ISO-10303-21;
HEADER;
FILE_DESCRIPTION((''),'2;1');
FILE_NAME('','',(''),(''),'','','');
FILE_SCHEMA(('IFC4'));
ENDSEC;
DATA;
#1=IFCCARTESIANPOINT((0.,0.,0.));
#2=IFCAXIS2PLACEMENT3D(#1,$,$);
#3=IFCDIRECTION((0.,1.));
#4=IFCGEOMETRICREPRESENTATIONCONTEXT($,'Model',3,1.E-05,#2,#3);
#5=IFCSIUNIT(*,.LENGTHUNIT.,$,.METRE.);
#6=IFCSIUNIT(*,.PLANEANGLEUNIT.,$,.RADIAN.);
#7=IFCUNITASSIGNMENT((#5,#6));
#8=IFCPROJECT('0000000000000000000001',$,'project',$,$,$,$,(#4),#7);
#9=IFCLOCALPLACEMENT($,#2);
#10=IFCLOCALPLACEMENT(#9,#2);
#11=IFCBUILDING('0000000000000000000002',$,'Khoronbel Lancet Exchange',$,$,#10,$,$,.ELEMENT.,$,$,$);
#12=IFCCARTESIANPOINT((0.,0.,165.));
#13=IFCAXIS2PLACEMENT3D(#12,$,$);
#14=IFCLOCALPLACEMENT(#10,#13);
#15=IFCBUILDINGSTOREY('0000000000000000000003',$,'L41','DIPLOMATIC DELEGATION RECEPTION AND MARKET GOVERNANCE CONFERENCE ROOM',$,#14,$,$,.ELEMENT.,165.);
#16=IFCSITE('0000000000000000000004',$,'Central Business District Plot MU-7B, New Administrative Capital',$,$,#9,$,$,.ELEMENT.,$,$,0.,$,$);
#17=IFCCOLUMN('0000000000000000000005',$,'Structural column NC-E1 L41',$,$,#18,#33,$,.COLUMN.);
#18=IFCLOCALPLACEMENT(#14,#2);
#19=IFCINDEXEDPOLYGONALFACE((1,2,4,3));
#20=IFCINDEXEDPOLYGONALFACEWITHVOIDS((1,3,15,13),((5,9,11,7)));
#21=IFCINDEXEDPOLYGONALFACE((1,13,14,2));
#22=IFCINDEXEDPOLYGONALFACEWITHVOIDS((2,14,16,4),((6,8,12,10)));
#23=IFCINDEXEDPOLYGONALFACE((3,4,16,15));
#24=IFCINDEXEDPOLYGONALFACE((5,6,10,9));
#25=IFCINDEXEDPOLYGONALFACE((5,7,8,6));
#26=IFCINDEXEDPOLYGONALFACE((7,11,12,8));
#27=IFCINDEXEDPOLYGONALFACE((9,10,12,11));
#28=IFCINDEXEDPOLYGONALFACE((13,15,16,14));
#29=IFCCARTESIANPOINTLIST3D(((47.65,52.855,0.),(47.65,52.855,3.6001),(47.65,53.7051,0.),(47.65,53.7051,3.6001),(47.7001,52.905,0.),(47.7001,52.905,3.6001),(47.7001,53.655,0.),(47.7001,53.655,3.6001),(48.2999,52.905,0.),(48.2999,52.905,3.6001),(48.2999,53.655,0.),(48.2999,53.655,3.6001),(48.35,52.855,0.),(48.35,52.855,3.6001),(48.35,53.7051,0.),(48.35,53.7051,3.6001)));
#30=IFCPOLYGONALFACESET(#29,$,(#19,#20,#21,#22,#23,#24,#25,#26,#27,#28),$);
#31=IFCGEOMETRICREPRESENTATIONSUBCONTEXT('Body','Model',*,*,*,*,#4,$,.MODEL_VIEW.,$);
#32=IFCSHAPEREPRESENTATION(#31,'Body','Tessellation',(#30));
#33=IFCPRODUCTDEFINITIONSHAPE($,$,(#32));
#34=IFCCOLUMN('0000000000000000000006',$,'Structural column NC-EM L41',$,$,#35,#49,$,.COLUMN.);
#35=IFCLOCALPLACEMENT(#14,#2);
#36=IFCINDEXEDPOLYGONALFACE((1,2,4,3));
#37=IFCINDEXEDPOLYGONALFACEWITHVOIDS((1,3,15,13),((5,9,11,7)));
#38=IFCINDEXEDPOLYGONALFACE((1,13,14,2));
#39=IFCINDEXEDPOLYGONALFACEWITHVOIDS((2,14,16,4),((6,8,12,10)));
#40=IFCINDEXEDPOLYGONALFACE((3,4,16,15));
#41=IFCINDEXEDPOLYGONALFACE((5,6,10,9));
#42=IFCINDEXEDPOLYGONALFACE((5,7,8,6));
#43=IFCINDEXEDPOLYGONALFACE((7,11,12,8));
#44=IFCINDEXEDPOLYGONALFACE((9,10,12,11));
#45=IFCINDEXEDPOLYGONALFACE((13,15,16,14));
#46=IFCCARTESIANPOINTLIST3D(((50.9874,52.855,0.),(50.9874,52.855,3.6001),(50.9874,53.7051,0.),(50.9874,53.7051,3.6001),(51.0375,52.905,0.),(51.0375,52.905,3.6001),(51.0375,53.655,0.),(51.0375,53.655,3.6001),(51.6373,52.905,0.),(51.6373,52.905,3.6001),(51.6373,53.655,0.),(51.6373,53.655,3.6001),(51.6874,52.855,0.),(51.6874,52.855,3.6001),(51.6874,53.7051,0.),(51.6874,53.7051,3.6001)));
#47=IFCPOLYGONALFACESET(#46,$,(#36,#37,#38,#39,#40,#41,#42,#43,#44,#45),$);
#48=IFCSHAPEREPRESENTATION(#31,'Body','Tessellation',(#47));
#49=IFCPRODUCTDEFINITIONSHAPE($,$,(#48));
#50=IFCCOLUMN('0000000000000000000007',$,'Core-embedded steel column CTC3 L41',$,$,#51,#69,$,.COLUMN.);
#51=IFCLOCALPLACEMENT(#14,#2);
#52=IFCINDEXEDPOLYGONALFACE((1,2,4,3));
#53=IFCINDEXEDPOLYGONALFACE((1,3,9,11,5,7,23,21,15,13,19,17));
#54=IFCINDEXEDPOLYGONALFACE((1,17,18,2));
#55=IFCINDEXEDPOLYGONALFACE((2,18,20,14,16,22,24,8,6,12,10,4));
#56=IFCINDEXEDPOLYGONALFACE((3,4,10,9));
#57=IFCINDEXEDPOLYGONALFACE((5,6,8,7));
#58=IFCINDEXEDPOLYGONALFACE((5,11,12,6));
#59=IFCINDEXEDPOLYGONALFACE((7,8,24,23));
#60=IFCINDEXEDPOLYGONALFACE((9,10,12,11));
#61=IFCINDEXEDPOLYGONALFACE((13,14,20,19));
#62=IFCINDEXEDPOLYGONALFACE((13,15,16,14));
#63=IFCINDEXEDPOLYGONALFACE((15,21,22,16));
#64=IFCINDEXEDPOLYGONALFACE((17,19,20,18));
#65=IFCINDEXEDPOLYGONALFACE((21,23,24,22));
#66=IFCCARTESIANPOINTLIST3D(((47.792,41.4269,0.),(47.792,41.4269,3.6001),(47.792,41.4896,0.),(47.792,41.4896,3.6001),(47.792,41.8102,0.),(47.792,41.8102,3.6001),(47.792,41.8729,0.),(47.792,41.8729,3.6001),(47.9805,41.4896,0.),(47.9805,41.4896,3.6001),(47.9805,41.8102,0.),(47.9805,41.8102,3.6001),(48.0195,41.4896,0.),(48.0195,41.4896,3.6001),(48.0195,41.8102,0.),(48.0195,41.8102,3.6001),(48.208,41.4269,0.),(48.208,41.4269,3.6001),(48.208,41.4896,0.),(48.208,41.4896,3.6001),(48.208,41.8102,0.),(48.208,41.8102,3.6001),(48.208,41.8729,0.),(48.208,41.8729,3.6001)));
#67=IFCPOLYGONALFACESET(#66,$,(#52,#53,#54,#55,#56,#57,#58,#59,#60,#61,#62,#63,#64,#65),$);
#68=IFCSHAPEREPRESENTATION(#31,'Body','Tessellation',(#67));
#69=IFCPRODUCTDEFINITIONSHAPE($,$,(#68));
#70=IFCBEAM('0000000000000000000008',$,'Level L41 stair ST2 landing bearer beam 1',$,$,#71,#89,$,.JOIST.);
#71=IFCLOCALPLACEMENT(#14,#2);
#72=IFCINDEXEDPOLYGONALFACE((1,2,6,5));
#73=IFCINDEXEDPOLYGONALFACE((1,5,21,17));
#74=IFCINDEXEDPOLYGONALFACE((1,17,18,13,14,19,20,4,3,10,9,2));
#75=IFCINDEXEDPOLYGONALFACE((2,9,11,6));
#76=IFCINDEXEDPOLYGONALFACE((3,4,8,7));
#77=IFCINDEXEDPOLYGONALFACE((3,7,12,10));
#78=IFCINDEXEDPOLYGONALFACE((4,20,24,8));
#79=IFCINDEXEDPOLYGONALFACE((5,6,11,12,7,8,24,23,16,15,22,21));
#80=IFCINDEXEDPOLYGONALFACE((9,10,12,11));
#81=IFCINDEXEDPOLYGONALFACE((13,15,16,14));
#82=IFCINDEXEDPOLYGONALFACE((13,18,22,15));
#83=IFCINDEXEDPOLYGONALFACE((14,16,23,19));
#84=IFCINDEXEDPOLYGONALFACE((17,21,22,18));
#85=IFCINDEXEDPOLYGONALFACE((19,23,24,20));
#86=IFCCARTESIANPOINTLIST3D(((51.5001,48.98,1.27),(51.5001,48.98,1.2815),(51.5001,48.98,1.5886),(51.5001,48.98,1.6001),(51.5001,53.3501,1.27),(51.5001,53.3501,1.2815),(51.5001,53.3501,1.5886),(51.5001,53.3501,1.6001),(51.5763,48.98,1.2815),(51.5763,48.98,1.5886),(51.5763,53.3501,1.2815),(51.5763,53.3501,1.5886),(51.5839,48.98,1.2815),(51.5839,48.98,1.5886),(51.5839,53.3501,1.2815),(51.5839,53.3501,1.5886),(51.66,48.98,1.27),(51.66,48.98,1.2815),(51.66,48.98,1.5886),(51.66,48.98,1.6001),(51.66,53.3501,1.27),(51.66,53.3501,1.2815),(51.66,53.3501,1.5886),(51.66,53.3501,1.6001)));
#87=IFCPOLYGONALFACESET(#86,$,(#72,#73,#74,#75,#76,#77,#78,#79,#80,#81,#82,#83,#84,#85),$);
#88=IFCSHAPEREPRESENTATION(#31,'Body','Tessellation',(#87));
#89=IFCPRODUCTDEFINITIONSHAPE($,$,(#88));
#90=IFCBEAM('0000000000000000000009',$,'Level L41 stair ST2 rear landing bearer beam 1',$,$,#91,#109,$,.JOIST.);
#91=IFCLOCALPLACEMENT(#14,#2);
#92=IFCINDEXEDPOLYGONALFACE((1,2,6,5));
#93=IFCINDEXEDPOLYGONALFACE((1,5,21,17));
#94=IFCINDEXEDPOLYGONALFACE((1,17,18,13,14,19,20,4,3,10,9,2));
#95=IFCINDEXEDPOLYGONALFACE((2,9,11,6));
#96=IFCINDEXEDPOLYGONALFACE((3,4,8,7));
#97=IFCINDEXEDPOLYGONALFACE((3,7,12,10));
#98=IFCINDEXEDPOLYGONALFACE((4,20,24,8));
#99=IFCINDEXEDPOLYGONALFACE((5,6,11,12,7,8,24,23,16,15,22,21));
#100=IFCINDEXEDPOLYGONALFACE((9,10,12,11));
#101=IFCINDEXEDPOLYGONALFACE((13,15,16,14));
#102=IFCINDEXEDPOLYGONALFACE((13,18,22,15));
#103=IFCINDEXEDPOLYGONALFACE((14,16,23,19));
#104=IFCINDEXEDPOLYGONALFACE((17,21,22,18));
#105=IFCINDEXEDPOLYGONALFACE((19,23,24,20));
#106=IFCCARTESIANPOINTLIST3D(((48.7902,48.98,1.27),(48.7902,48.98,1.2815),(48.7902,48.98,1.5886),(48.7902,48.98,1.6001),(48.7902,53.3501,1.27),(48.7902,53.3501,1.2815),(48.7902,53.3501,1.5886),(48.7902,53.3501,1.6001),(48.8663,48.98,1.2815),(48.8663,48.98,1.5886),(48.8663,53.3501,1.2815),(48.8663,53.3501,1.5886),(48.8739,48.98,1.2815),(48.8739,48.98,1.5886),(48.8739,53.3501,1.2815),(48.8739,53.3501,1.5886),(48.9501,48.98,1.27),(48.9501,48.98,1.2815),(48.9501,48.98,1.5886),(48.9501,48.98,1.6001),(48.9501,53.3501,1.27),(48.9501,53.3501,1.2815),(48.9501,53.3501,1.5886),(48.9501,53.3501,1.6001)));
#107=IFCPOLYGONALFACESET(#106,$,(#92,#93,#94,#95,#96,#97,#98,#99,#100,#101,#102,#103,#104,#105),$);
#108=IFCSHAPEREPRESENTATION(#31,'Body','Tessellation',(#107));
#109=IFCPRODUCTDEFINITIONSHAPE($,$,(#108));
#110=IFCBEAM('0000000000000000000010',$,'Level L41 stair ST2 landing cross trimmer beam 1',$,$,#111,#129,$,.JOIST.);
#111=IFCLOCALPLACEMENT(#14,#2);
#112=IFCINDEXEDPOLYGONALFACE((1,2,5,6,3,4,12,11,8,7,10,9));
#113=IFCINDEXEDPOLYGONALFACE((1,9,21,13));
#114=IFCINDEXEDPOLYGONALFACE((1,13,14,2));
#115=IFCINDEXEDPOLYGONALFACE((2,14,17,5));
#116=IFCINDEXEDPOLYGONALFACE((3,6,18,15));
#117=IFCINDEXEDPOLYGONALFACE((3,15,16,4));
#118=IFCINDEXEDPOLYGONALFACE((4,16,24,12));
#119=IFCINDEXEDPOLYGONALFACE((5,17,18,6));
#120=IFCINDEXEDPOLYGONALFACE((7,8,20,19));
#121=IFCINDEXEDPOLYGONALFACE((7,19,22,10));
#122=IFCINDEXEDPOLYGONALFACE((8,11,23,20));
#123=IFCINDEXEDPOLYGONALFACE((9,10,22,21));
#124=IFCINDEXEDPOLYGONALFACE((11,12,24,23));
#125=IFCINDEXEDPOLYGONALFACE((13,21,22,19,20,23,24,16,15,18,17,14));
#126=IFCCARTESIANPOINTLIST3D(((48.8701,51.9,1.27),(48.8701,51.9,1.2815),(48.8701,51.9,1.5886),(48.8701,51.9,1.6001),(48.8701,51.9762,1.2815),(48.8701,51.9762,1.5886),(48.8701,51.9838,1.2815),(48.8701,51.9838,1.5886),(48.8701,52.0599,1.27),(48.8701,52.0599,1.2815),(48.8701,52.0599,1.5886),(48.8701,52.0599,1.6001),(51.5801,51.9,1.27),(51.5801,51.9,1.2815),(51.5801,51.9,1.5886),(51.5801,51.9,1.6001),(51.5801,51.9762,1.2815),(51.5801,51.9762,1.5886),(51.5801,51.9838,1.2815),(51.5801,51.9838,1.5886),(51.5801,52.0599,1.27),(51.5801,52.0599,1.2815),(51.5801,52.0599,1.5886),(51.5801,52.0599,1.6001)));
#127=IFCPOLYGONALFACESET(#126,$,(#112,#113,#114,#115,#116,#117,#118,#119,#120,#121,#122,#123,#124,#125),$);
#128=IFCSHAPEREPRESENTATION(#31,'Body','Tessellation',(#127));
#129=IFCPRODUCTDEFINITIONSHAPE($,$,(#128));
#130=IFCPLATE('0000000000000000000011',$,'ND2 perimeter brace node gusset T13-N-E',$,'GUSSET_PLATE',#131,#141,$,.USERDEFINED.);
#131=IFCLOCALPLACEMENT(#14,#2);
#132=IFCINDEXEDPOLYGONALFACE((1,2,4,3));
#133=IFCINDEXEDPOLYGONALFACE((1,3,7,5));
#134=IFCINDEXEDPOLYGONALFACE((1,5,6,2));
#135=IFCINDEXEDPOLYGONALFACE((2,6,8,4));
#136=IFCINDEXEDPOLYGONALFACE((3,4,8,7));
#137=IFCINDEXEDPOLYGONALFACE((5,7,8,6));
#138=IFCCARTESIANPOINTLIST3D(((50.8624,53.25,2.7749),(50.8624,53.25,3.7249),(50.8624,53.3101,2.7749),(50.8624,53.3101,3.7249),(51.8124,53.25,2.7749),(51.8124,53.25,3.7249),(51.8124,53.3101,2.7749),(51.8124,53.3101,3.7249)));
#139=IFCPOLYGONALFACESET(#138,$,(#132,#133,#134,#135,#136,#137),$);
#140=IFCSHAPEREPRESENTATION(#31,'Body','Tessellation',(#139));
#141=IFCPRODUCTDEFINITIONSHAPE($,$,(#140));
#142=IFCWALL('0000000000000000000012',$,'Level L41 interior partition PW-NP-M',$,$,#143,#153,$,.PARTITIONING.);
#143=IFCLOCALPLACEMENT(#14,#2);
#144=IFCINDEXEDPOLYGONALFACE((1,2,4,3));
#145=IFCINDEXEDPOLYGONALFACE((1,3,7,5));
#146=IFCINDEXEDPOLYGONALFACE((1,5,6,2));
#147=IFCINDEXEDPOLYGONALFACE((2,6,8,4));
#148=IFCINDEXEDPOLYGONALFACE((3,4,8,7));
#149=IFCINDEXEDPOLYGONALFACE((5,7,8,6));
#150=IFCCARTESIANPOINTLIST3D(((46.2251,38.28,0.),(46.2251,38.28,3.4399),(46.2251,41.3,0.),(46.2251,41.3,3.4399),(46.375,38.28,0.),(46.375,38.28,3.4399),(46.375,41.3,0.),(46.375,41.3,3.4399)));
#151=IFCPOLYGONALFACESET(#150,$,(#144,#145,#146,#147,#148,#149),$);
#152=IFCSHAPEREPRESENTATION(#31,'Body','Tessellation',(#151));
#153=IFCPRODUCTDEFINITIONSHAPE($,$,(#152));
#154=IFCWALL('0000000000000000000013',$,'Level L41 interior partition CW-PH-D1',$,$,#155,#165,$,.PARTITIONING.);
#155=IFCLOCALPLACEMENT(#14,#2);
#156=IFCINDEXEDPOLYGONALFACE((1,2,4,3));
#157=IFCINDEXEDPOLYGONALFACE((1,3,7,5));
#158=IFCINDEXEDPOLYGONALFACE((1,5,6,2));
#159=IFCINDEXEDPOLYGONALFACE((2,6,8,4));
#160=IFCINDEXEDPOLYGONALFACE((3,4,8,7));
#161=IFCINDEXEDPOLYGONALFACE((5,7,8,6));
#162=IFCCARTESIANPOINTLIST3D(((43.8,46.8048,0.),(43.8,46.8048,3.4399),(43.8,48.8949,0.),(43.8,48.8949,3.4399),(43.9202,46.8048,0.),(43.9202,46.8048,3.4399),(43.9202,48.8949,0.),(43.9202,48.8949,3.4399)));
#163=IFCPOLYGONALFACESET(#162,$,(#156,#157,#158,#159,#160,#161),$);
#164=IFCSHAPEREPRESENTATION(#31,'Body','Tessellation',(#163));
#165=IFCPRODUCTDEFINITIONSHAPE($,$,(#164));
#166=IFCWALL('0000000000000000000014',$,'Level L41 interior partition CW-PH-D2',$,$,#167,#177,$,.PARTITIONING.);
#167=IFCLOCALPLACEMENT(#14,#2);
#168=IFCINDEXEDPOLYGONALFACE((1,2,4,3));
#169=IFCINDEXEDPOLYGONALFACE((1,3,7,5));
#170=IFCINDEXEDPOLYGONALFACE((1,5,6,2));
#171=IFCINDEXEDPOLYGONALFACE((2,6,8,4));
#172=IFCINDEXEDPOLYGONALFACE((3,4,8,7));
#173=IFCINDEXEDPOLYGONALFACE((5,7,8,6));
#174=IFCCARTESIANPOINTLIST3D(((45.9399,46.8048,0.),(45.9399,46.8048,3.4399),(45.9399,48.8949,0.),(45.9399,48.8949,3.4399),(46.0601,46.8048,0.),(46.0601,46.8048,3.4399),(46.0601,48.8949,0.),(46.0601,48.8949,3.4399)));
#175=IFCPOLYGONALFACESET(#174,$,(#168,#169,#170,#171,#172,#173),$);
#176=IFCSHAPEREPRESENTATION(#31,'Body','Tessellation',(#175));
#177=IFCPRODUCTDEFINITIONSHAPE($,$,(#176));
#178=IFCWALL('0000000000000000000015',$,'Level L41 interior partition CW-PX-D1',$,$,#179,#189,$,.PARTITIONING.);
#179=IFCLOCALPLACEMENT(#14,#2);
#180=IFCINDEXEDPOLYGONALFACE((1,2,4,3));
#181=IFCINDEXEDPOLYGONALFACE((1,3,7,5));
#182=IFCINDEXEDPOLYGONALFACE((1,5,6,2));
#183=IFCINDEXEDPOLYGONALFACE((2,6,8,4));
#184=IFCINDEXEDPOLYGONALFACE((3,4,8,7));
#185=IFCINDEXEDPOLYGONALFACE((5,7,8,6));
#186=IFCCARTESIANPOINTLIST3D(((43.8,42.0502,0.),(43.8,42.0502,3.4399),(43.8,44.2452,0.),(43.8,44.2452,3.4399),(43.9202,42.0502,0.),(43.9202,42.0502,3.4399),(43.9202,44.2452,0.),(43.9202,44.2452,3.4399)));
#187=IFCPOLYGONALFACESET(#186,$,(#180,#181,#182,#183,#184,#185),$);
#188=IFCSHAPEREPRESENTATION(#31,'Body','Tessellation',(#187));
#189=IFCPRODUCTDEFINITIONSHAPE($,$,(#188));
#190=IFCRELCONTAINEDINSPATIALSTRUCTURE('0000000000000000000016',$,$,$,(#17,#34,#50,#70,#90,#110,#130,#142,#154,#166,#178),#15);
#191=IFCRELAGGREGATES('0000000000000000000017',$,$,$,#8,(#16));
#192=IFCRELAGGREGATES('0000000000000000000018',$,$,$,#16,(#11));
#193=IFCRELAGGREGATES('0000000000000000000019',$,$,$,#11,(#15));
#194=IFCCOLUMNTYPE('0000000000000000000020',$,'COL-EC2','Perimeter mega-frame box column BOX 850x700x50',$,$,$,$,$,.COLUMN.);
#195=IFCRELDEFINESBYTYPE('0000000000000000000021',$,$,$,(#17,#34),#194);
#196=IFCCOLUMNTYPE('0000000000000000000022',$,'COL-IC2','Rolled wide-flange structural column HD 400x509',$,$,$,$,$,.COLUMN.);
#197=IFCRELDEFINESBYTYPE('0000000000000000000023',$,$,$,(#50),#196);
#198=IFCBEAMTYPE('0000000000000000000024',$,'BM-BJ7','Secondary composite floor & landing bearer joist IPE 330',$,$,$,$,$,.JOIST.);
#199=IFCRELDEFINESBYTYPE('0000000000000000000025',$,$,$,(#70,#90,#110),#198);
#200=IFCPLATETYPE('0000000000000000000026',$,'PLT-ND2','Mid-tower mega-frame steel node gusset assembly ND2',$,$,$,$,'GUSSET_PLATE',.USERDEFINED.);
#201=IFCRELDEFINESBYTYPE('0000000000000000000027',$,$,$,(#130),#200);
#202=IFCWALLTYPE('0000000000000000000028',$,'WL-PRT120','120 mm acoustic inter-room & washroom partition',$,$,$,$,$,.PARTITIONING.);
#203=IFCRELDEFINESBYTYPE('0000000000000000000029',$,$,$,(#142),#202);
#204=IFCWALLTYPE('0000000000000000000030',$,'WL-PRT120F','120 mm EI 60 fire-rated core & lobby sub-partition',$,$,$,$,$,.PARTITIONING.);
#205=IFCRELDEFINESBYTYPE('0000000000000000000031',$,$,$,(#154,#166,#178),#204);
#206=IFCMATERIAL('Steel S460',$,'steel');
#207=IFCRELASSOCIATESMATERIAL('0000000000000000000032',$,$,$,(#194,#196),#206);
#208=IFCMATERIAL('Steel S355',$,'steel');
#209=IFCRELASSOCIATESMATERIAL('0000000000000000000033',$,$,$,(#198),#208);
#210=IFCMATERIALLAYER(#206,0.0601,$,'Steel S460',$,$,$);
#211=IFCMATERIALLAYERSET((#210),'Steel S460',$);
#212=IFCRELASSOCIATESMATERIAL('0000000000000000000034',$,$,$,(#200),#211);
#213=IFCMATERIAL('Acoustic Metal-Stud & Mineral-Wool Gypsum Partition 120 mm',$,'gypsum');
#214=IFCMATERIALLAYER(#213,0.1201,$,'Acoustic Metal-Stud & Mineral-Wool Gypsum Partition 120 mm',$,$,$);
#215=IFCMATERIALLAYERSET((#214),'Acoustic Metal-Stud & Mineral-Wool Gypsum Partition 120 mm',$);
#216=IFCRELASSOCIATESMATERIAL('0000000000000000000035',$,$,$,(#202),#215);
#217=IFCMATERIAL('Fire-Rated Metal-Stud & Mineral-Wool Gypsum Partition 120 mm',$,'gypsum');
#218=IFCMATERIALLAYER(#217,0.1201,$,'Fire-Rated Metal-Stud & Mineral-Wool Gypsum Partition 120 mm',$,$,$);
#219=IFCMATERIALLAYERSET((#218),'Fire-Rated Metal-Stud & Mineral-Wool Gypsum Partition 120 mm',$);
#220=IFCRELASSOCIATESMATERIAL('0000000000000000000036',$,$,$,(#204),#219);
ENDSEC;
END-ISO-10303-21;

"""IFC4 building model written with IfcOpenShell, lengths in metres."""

from ifc_helpers import new_model, si_unit, direction, frame, frame_2d, origin, origin_2d, place, context, subcontext, project, spatial, rectangle, hollow_rectangle, i_section, extrude, material, layer, layer_set, material_profile, profile_set, type_object, element, save


model = new_model("IFC4")

# Units and contexts
model_context = context("Model", 3, precision=1e-05, world=origin(), true_north=direction((0.0, 1.0)))
body_context = subcontext(model_context, "Body", "Model", "MODEL_VIEW")
ifc_project = project(units=[si_unit("LENGTHUNIT", "METRE"), si_unit("PLANEANGLEUNIT", "RADIAN")], contexts=[model_context])

# Site, building, storey
site_placement = place(None, origin())
site = spatial("IfcSite", under=ifc_project, at=site_placement, Name="Central Business District Plot MU-7B, New Administrative Capital", CompositionType="ELEMENT", RefElevation=0.0)
building_placement = place(site_placement, origin())
building = spatial("IfcBuilding", under=site, at=building_placement, Name="Khoronbel Lancet Exchange", CompositionType="ELEMENT")
storey_placement = place(building_placement, frame((0.0, 0.0, 165.0)))
storey = spatial("IfcBuildingStorey", under=building, at=storey_placement, Name="L41", Description="DIPLOMATIC DELEGATION RECEPTION AND MARKET GOVERNANCE CONFERENCE ROOM", CompositionType="ELEMENT", Elevation=165.0)

# Columns
ifc_material_1 = material(Name="Steel S460", Category="steel")
ifc_material_profile_1 = material_profile(ifc_material_1, hollow_rectangle(XDim=0.7, YDim=0.8501, WallThickness=0.05, at=origin_2d()), Name="BOX 850x700x50")
ifc_profile_set_1 = profile_set([ifc_material_profile_1], Name="Steel S460")
column_type_1 = type_object("IfcColumnType", Name="COL-EC2", Description="Perimeter mega-frame box column BOX 850x700x50", PredefinedType="COLUMN", material=ifc_profile_set_1)
for number, where, z_axis, x_axis, name in (
    (1, (48.0, 53.28, 0.0), (0.0, 0.0, 1.0), (1.0, 0.0, 0.0), "Structural column NC-E1 L41"),
    (2, (51.3374, 53.28, 0.0), (0.0, 0.0, 1.0), (1.0, 0.0, 0.0), "Structural column NC-EM L41"),
):
    element("IfcColumn", number, at=place(storey_placement, frame(where, z_axis=z_axis, x_axis=x_axis)), inside=storey, type_object=column_type_1, Name=name, PredefinedType="COLUMN", context=body_context, shape_type="SweptSolid", body=[
        extrude(hollow_rectangle(XDim=0.7, YDim=0.8501, WallThickness=0.05, at=origin_2d()), origin(), (0.0, 0.0, 1.0), 3.6001),
    ])
ifc_material_profile_2 = material_profile(ifc_material_1, i_section(OverallWidth=0.416, OverallDepth=0.446, WebThickness=0.0391, FlangeThickness=0.0627, at=origin_2d()), Name="HD 400x509")
ifc_profile_set_2 = profile_set([ifc_material_profile_2], Name="Steel S460")
column_type_2 = type_object("IfcColumnType", Name="COL-IC2", Description="Rolled wide-flange structural column HD 400x509", PredefinedType="COLUMN", material=ifc_profile_set_2)
column_placement = place(storey_placement, frame((48.0, 41.6499, 0.0), z_axis=(0.0, 0.0, 1.0), x_axis=(1.0, 0.0, 0.0)))
element("IfcColumn", 3, at=column_placement, inside=storey, type_object=column_type_2, Name="Core-embedded steel column CTC3 L41", PredefinedType="COLUMN", context=body_context, shape_type="SweptSolid", body=[
    extrude(i_section(OverallWidth=0.416, OverallDepth=0.446, WebThickness=0.0391, FlangeThickness=0.0627, at=origin_2d()), origin(), (0.0, 0.0, 1.0), 3.6001),
])

# Beams
ifc_material_2 = material(Name="Steel S355", Category="steel")
ifc_material_profile_3 = material_profile(ifc_material_2, i_section(OverallWidth=0.1599, OverallDepth=0.3301, WebThickness=0.0076, FlangeThickness=0.0115, at=origin_2d()), Name="IPE 330")
ifc_profile_set_3 = profile_set([ifc_material_profile_3], Name="Steel S355")
beam_type = type_object("IfcBeamType", Name="BM-BJ7", Description="Secondary composite floor & landing bearer joist IPE 330", PredefinedType="JOIST", material=ifc_profile_set_3)
for number, where, z_axis, x_axis, name in (
    (4, (51.5801, 48.98, 1.4351), (0.0, 1.0, 0.0), (-1.0, 0.0, 0.0), "Level L41 stair ST2 landing bearer beam 1"),
    (5, (48.8701, 48.98, 1.4351), (0.0, 1.0, 0.0), (-1.0, 0.0, 0.0), "Level L41 stair ST2 rear landing bearer beam 1"),
):
    element("IfcBeam", number, at=place(storey_placement, frame(where, z_axis=z_axis, x_axis=x_axis)), inside=storey, type_object=beam_type, Name=name, PredefinedType="JOIST", context=body_context, shape_type="SweptSolid", body=[
        extrude(i_section(OverallWidth=0.1599, OverallDepth=0.3301, WebThickness=0.0076, FlangeThickness=0.0115, at=origin_2d()), origin(), (0.0, 0.0, 1.0), 4.3701),
    ])
beam_placement = place(storey_placement, frame((48.8701, 51.98, 1.4351), z_axis=(1.0, 0.0, 0.0), x_axis=(0.0, 1.0, 0.0)))
element("IfcBeam", 6, at=beam_placement, inside=storey, type_object=beam_type, Name="Level L41 stair ST2 landing cross trimmer beam 1", PredefinedType="JOIST", context=body_context, shape_type="SweptSolid", body=[
    extrude(i_section(OverallWidth=0.1599, OverallDepth=0.3301, WebThickness=0.0076, FlangeThickness=0.0115, at=origin_2d()), origin(), (0.0, 0.0, 1.0), 2.71),
])

# Plate
ifc_layer_1 = layer(ifc_material_1, 0.0601, Name="Steel S460")
ifc_layer_set_1 = layer_set([ifc_layer_1], Name="Steel S460")
plate_type = type_object("IfcPlateType", Name="PLT-ND2", Description="Mid-tower mega-frame steel node gusset assembly ND2", ElementType="GUSSET_PLATE", PredefinedType="USERDEFINED", material=ifc_layer_set_1)
plate_placement = place(storey_placement, frame((51.3374, 53.28, 2.7749), z_axis=(0.0, 0.0, 1.0), x_axis=(1.0, 0.0, 0.0)))
element("IfcPlate", 7, at=plate_placement, inside=storey, type_object=plate_type, Name="ND2 perimeter brace node gusset T13-N-E", ObjectType="GUSSET_PLATE", PredefinedType="USERDEFINED", context=body_context, shape_type="SweptSolid", body=[
    extrude(rectangle(XDim=0.95, YDim=0.0601, at=origin_2d()), origin(), (0.0, 0.0, 1.0), 0.95),
])

# Walls
ifc_material_3 = material(Name="Acoustic Metal-Stud & Mineral-Wool Gypsum Partition 120 mm", Category="gypsum")
ifc_layer_2 = layer(ifc_material_3, 0.1201, Name="Acoustic Metal-Stud & Mineral-Wool Gypsum Partition 120 mm")
ifc_layer_set_2 = layer_set([ifc_layer_2], Name="Acoustic Metal-Stud & Mineral-Wool Gypsum Partition 120 mm")
wall_type_1 = type_object("IfcWallType", Name="WL-PRT120", Description="120 mm acoustic inter-room & washroom partition", PredefinedType="PARTITIONING", material=ifc_layer_set_2)
wall_1_placement = place(storey_placement, frame((46.3, 38.28, 0.0), z_axis=(0.0, 0.0, 1.0), x_axis=(0.0, 1.0, 0.0)))
element("IfcWall", 8, at=wall_1_placement, inside=storey, type_object=wall_type_1, Name="Level L41 interior partition PW-NP-M", PredefinedType="PARTITIONING", context=body_context, shape_type="SweptSolid", body=[
    extrude(rectangle(XDim=3.02, YDim=0.1499, at=frame_2d((1.51, 0.0))), origin(), (0.0, 0.0, 1.0), 3.4399),
])
ifc_material_4 = material(Name="Fire-Rated Metal-Stud & Mineral-Wool Gypsum Partition 120 mm", Category="gypsum")
ifc_layer_3 = layer(ifc_material_4, 0.1201, Name="Fire-Rated Metal-Stud & Mineral-Wool Gypsum Partition 120 mm")
ifc_layer_set_3 = layer_set([ifc_layer_3], Name="Fire-Rated Metal-Stud & Mineral-Wool Gypsum Partition 120 mm")
wall_type_2 = type_object("IfcWallType", Name="WL-PRT120F", Description="120 mm EI 60 fire-rated core & lobby sub-partition", PredefinedType="PARTITIONING", material=ifc_layer_set_3)
for number, where, z_axis, x_axis, name in (
    (9, (43.8601, 46.8049, 0.0), (0.0, 0.0, 1.0), (0.0, 1.0, 0.0), "Level L41 interior partition CW-PH-D1"),
    (10, (46.0, 46.8049, 0.0), (0.0, 0.0, 1.0), (0.0, 1.0, 0.0), "Level L41 interior partition CW-PH-D2"),
):
    element("IfcWall", number, at=place(storey_placement, frame(where, z_axis=z_axis, x_axis=x_axis)), inside=storey, type_object=wall_type_2, Name=name, PredefinedType="PARTITIONING", context=body_context, shape_type="SweptSolid", body=[
        extrude(rectangle(XDim=2.0901, YDim=0.1201, at=frame_2d((1.0449, 0.0))), origin(), (0.0, 0.0, 1.0), 3.4399),
    ])
for number, where, z_axis, x_axis, name in (
    (11, (43.8601, 42.05, 0.0), (0.0, 0.0, 1.0), (0.0, 1.0, 0.0), "Level L41 interior partition CW-PX-D1"),
):
    element("IfcWall", number, at=place(storey_placement, frame(where, z_axis=z_axis, x_axis=x_axis)), inside=storey, type_object=wall_type_2, Name=name, PredefinedType="PARTITIONING", context=body_context, shape_type="SweptSolid", body=[
        extrude(rectangle(XDim=2.1951, YDim=0.1201, at=frame_2d((1.0977, 0.0))), origin(), (0.0, 0.0, 1.0), 3.4399),
    ])

save(model, "model.ifc")
